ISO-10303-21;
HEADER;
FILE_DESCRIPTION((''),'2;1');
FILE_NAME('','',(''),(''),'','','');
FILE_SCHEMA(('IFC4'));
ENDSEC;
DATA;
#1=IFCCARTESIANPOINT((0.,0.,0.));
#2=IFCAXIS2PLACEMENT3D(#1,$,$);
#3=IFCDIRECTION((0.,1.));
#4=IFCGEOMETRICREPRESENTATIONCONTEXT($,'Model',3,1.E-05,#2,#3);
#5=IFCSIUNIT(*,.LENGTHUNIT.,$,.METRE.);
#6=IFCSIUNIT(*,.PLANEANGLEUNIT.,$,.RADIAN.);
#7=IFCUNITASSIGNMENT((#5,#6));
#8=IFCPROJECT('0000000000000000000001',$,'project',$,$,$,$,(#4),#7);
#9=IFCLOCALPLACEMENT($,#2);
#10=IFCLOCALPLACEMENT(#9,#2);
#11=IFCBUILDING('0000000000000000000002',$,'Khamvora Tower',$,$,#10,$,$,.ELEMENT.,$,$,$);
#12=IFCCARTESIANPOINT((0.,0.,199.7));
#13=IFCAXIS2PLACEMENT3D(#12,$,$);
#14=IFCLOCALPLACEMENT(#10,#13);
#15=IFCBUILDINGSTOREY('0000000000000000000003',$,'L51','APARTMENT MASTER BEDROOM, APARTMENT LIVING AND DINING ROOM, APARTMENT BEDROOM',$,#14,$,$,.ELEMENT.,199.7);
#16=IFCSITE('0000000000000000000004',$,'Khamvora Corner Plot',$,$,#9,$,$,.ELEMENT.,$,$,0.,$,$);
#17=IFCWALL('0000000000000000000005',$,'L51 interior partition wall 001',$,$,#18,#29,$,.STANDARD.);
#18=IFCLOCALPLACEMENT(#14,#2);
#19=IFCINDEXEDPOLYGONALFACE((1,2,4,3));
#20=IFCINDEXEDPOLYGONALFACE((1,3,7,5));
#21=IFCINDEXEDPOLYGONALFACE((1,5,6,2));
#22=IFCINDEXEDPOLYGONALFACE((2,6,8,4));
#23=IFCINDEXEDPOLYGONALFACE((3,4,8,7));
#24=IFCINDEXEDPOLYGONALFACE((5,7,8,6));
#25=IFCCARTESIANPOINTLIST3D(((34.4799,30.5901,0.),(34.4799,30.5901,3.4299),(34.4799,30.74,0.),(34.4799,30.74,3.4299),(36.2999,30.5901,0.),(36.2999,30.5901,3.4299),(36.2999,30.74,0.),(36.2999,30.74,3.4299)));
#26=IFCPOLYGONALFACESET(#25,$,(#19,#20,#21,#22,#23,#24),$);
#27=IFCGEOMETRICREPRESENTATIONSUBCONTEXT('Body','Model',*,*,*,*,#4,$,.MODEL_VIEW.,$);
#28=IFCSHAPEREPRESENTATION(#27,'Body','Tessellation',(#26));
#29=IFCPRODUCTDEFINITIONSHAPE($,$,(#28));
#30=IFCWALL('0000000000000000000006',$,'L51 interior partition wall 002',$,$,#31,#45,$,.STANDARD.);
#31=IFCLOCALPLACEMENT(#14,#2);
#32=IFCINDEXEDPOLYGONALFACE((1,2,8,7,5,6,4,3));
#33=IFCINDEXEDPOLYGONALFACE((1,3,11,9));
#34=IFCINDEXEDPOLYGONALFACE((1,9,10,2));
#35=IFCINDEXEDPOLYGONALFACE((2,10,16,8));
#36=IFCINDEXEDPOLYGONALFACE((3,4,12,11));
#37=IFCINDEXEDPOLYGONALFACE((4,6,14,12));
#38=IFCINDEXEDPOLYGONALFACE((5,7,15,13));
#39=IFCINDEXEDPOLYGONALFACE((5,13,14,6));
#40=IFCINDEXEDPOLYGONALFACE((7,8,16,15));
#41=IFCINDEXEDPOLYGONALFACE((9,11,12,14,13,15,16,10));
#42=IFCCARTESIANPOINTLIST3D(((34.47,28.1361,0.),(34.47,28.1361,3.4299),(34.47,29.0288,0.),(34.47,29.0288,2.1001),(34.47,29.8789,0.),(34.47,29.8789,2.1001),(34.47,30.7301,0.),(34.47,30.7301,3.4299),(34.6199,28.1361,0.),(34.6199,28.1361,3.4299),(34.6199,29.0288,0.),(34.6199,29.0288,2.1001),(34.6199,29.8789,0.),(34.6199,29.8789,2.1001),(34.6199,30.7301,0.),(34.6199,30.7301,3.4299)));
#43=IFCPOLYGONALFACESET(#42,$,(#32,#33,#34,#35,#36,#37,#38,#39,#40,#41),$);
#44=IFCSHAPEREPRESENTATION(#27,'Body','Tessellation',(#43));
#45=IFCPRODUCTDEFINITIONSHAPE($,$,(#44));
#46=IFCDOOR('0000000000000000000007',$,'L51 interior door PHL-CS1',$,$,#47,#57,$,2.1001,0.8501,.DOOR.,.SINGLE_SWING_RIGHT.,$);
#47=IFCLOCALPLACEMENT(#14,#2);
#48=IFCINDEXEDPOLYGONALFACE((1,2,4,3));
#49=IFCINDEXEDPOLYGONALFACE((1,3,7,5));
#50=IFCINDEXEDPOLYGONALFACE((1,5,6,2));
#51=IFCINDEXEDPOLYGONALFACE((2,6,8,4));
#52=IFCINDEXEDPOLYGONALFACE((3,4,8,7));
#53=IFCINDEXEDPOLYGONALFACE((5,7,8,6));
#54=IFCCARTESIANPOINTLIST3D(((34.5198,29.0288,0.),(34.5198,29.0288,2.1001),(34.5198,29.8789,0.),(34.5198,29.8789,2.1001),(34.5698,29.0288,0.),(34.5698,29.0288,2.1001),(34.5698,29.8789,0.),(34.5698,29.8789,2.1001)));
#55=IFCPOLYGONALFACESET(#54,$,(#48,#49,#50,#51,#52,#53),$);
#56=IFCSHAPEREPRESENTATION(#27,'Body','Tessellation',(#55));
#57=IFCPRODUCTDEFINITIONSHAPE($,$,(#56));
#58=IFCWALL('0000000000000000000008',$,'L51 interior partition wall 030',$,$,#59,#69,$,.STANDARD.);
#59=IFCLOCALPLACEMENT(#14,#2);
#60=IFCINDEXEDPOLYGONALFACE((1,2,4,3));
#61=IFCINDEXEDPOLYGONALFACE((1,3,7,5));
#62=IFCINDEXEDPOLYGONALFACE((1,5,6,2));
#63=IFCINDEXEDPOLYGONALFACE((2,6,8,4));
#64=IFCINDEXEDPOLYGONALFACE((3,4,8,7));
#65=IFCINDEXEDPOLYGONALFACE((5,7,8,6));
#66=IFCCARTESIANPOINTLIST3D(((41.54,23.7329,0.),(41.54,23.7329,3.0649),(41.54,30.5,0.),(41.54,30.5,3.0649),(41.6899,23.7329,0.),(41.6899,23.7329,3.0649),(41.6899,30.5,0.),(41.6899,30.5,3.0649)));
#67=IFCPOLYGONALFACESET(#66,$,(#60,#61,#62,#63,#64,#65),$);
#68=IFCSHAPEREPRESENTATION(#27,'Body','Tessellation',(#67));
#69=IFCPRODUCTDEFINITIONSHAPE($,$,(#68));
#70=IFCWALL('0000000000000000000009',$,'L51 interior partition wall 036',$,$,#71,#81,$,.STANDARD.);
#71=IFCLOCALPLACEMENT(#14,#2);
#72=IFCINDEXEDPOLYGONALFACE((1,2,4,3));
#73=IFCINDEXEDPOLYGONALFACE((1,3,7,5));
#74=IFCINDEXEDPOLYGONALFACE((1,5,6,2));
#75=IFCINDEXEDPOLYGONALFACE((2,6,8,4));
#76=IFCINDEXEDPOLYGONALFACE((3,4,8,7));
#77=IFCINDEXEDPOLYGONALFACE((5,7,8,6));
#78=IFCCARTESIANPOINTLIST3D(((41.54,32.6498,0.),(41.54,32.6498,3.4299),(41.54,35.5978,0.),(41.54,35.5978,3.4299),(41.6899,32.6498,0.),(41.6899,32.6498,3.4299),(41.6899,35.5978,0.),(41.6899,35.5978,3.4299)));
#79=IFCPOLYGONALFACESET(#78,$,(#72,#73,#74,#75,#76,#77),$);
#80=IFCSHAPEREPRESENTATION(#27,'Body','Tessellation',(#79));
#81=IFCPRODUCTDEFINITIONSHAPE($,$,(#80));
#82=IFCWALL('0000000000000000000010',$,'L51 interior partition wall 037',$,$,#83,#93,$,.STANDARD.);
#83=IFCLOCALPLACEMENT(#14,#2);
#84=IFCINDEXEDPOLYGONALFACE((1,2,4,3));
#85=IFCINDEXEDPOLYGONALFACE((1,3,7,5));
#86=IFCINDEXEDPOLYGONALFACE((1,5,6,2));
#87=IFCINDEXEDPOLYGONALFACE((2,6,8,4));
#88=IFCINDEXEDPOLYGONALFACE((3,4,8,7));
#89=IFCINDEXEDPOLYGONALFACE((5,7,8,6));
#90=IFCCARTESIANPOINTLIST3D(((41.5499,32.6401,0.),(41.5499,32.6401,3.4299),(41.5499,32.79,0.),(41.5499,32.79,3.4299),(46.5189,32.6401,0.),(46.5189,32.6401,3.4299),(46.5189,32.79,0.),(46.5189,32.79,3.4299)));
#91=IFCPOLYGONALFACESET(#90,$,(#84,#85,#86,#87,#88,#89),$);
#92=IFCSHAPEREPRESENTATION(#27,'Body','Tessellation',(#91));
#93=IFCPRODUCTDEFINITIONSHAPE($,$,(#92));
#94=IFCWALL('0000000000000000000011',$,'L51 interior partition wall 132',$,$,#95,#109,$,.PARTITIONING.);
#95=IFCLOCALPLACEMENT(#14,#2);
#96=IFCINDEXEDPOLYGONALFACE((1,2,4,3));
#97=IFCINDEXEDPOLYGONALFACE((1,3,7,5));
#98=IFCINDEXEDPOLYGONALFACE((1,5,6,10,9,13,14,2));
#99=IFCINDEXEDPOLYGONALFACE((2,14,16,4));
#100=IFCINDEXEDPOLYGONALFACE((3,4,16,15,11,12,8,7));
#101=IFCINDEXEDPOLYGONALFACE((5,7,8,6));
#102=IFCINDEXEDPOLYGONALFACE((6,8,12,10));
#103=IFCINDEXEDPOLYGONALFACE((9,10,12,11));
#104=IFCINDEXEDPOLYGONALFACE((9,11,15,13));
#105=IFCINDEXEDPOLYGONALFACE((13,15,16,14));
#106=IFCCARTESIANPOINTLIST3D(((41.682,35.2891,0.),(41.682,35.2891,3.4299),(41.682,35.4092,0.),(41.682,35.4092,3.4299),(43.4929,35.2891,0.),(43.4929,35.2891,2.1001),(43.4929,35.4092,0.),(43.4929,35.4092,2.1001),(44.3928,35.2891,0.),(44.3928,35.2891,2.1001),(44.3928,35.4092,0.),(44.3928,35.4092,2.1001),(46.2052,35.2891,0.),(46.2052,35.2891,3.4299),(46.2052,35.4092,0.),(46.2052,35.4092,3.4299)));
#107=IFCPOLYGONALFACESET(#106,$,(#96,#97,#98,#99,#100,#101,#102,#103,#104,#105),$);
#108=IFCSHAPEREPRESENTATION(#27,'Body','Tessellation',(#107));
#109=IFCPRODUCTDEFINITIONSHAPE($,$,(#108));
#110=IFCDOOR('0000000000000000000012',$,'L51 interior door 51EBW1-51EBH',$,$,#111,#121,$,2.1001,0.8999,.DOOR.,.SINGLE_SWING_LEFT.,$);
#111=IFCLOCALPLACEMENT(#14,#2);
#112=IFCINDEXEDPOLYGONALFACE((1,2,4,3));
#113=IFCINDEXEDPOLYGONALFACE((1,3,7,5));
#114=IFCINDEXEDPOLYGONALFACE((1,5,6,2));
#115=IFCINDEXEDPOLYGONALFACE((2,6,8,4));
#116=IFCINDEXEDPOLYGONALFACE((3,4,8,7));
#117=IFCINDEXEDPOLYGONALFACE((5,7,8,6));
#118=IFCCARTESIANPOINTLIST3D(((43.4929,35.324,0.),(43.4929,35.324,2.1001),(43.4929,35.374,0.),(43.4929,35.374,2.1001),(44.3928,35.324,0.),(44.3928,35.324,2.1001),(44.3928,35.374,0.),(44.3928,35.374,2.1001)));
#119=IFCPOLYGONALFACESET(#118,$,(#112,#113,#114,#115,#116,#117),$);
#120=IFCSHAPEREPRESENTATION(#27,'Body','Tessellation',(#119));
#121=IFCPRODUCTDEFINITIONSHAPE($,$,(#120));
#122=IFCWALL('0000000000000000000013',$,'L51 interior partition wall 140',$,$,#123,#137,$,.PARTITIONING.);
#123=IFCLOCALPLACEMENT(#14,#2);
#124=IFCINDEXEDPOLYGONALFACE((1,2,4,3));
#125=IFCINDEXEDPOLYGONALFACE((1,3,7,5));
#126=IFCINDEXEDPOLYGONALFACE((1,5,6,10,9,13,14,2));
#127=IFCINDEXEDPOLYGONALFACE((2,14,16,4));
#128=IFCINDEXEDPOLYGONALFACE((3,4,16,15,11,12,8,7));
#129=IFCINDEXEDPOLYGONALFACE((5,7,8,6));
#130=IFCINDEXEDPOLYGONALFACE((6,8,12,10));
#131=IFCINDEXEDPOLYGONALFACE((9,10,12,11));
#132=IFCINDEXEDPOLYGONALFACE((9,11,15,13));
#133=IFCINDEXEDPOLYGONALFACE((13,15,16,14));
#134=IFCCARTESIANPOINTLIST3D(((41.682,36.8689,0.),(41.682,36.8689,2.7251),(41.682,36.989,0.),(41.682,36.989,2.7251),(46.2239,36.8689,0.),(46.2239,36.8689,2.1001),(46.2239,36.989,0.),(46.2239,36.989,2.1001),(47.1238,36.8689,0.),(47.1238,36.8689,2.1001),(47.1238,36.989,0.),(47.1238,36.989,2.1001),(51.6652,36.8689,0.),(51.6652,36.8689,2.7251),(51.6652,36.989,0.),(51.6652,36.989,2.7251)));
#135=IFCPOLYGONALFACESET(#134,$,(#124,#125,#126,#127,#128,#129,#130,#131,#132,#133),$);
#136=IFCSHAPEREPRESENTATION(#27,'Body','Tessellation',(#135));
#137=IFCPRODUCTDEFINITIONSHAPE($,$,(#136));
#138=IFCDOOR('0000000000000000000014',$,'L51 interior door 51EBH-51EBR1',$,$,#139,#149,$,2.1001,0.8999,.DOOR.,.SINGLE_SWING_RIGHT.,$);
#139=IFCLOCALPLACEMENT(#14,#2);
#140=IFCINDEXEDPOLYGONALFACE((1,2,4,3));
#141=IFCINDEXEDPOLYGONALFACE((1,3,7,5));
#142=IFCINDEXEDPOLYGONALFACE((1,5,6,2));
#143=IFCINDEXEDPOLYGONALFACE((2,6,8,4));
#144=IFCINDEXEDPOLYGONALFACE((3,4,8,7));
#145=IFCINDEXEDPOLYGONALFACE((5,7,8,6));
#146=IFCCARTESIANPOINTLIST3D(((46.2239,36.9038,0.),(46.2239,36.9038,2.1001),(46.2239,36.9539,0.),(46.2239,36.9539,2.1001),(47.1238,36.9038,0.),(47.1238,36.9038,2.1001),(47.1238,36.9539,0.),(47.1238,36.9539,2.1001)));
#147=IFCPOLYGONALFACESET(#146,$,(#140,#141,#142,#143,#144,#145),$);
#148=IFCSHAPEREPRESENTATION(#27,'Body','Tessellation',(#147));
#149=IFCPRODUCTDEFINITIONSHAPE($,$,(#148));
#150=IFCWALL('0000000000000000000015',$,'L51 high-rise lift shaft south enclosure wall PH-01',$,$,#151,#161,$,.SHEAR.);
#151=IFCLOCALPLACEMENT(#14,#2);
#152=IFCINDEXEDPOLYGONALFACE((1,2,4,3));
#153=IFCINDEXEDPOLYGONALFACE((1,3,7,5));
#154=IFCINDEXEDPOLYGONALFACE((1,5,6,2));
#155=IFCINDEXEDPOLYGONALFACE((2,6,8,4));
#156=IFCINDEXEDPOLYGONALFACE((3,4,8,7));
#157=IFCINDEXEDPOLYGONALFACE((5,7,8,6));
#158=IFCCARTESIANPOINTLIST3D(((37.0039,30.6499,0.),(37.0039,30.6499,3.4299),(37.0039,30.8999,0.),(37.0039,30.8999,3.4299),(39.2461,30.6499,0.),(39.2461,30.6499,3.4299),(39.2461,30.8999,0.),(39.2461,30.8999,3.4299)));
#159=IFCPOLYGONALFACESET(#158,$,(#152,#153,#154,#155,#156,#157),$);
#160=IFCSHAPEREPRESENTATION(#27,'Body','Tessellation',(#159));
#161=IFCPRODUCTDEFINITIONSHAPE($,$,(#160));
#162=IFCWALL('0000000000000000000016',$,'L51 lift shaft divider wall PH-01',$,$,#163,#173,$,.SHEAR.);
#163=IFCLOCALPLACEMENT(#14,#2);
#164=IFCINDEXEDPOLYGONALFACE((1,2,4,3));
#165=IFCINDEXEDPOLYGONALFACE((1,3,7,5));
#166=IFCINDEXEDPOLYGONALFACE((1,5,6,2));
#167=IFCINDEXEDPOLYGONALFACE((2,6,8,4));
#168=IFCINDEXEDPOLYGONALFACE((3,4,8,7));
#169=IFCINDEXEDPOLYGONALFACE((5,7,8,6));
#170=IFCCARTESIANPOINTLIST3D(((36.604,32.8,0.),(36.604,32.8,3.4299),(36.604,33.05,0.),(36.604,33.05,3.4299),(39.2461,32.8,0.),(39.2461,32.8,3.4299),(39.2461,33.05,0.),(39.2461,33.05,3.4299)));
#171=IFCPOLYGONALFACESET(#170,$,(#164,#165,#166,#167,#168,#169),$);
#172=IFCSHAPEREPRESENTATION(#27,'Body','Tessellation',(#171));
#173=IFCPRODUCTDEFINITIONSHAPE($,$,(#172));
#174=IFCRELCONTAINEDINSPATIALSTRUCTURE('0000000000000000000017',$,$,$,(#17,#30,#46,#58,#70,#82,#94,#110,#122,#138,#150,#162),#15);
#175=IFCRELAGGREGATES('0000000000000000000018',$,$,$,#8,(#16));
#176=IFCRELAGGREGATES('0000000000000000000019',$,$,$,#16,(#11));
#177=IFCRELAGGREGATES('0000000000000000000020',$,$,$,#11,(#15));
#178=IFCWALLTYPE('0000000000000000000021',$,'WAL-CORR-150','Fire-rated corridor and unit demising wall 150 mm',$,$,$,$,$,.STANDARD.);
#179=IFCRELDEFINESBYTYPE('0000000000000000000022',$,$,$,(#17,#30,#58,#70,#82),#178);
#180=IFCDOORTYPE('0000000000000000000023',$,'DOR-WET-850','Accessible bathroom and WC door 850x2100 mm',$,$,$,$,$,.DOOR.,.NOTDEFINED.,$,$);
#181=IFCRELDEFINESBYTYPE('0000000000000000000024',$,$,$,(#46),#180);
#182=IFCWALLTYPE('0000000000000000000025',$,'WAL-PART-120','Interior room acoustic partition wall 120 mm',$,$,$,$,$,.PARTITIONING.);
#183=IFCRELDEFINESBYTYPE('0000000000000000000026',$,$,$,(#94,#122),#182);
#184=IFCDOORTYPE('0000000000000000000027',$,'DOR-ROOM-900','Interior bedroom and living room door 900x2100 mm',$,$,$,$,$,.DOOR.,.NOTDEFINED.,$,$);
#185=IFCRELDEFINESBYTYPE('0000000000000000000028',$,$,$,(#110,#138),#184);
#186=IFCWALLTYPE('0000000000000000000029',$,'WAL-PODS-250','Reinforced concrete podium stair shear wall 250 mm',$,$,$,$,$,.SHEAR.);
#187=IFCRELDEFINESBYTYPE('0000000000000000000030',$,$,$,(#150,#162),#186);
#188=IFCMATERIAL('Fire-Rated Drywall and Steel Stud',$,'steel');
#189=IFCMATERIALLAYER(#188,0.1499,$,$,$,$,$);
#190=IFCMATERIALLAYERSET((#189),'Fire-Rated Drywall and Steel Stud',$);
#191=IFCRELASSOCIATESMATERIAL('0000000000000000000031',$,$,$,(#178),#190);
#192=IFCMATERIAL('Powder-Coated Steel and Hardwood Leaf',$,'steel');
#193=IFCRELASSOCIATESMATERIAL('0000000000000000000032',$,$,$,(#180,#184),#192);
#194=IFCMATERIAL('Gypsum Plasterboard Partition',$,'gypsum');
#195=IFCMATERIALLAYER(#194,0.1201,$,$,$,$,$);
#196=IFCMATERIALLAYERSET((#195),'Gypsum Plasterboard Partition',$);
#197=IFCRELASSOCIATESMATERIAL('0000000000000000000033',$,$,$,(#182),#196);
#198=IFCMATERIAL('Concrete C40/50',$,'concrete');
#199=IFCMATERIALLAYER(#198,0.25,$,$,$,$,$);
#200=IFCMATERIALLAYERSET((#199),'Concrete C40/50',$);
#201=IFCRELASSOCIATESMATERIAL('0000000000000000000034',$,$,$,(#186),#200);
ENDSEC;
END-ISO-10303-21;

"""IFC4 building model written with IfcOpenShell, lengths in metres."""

from ifc_helpers import new_model, si_unit, direction, frame, frame_2d, origin, place, context, subcontext, project, spatial, rectangle, extrude, material, layer, layer_set, type_object, element, fill, save


model = new_model("IFC4")

# Units and contexts
model_context = context("Model", 3, precision=1e-05, world=origin(), true_north=direction((0.0, 1.0)))
body_context = subcontext(model_context, "Body", "Model", "MODEL_VIEW")
ifc_project = project(units=[si_unit("LENGTHUNIT", "METRE"), si_unit("PLANEANGLEUNIT", "RADIAN")], contexts=[model_context])

# Site, building, storey
site_placement = place(None, origin())
site = spatial("IfcSite", under=ifc_project, at=site_placement, Name="Khamvora Corner Plot", CompositionType="ELEMENT", RefElevation=0.0)
building_placement = place(site_placement, origin())
building = spatial("IfcBuilding", under=site, at=building_placement, Name="Khamvora Tower", CompositionType="ELEMENT")
storey_placement = place(building_placement, frame((0.0, 0.0, 199.7)))
storey = spatial("IfcBuildingStorey", under=building, at=storey_placement, Name="L51", Description="APARTMENT MASTER BEDROOM, APARTMENT LIVING AND DINING ROOM, APARTMENT BEDROOM", CompositionType="ELEMENT", Elevation=199.7)

# Shared definitions
ifc_material_1 = material(Name="Powder-Coated Steel and Hardwood Leaf", Category="steel")

# Wall
ifc_material_2 = material(Name="Fire-Rated Drywall and Steel Stud", Category="steel")
ifc_layer_1 = layer(ifc_material_2, 0.1499)
ifc_layer_set_1 = layer_set([ifc_layer_1], Name="Fire-Rated Drywall and Steel Stud")
wall_type_1 = type_object("IfcWallType", Name="WAL-CORR-150", Description="Fire-rated corridor and unit demising wall 150 mm", PredefinedType="STANDARD", material=ifc_layer_set_1)
wall_1_placement = place(storey_placement, frame((36.3, 30.665, 0.0), z_axis=(0.0, 0.0, 1.0), x_axis=(-1.0, 0.0, 0.0)))
element("IfcWall", 1, at=wall_1_placement, inside=storey, type_object=wall_type_1, Name="L51 interior partition wall 001", PredefinedType="STANDARD", context=body_context, shape_type="SweptSolid", body=[
    extrude(rectangle(XDim=1.8201, YDim=0.1499, at=frame_2d((0.9102, 0.0))), origin(), (0.0, 0.0, 1.0), 3.4299),
])

# Wall, opening, door
wall_2_placement = place(storey_placement, frame((34.5449, 30.73, 0.0), z_axis=(0.0, 0.0, 1.0), x_axis=(0.0, -1.0, 0.0)))
wall_2 = element("IfcWall", 2, at=wall_2_placement, inside=storey, type_object=wall_type_1, Name="L51 interior partition wall 002", PredefinedType="STANDARD", context=body_context, shape_type="SweptSolid", body=[
    extrude(rectangle(XDim=2.594, YDim=0.1499, at=frame_2d((1.2969, 0.0))), origin(), (0.0, 0.0, 1.0), 3.4299),
])
opening_1_placement = place(wall_2_placement, frame((0.8511, 0.0, 0.0)))
opening_1 = element("IfcOpeningElement", 3, at=opening_1_placement, cuts=wall_2, PredefinedType="OPENING", context=body_context, shape_type="SweptSolid", body=[
    extrude(rectangle(XDim=0.8501, YDim=2.1001, at=frame_2d((0.425, 1.05))), frame((0.0, 0.085, 0.0), z_axis=(0.0, -1.0, 0.0), x_axis=(1.0, 0.0, 0.0)), (0.0, 0.0, 1.0), 0.1699),
])
door_type_1 = type_object("IfcDoorType", Name="DOR-WET-850", Description="Accessible bathroom and WC door 850x2100 mm", OperationType="NOTDEFINED", PredefinedType="DOOR", material=ifc_material_1)
door_1_placement = place(opening_1_placement, origin())
door_1 = element("IfcDoor", 4, at=door_1_placement, inside=storey, type_object=door_type_1, Name="L51 interior door PHL-CS1", OperationType="SINGLE_SWING_RIGHT", OverallHeight=2.1001, OverallWidth=0.8501, PredefinedType="DOOR", context=body_context, shape_type="SweptSolid", body=[
    extrude(rectangle(XDim=0.8501, YDim=2.1001, at=frame_2d((0.425, 1.05))), frame((0.0, 0.0249, 0.0), z_axis=(0.0, -1.0, 0.0), x_axis=(1.0, 0.0, 0.0)), (0.0, 0.0, 1.0), 0.05),
])
fill(opening_1, door_1)

# Walls
wall_3_placement = place(storey_placement, frame((41.615, 30.5, 0.0), z_axis=(0.0, 0.0, 1.0), x_axis=(0.0, -1.0, 0.0)))
element("IfcWall", 5, at=wall_3_placement, inside=storey, type_object=wall_type_1, Name="L51 interior partition wall 030", PredefinedType="STANDARD", context=body_context, shape_type="SweptSolid", body=[
    extrude(rectangle(XDim=6.7671, YDim=0.1499, at=frame_2d((3.3835, 0.0))), origin(), (0.0, 0.0, 1.0), 3.0649),
])
wall_4_placement = place(storey_placement, frame((41.615, 35.5979, 0.0), z_axis=(0.0, 0.0, 1.0), x_axis=(0.0, -1.0, 0.0)))
element("IfcWall", 6, at=wall_4_placement, inside=storey, type_object=wall_type_1, Name="L51 interior partition wall 036", PredefinedType="STANDARD", context=body_context, shape_type="SweptSolid", body=[
    extrude(rectangle(XDim=2.948, YDim=0.1499, at=frame_2d((1.4741, 0.0))), origin(), (0.0, 0.0, 1.0), 3.4299),
])
wall_5_placement = place(storey_placement, frame((41.55, 32.7151, 0.0), z_axis=(0.0, 0.0, 1.0), x_axis=(1.0, 0.0, 0.0)))
element("IfcWall", 7, at=wall_5_placement, inside=storey, type_object=wall_type_1, Name="L51 interior partition wall 037", PredefinedType="STANDARD", context=body_context, shape_type="SweptSolid", body=[
    extrude(rectangle(XDim=4.969, YDim=0.1499, at=frame_2d((2.4844, 0.0))), origin(), (0.0, 0.0, 1.0), 3.4299),
])

# Walls, openings, doors
ifc_material_3 = material(Name="Gypsum Plasterboard Partition", Category="gypsum")
ifc_layer_2 = layer(ifc_material_3, 0.1201)
ifc_layer_set_2 = layer_set([ifc_layer_2], Name="Gypsum Plasterboard Partition")
wall_type_2 = type_object("IfcWallType", Name="WAL-PART-120", Description="Interior room acoustic partition wall 120 mm", PredefinedType="PARTITIONING", material=ifc_layer_set_2)
wall_6_placement = place(storey_placement, frame((41.6819, 35.3491, 0.0), z_axis=(0.0, 0.0, 1.0), x_axis=(1.0, 0.0, 0.0)))
wall_6 = element("IfcWall", 8, at=wall_6_placement, inside=storey, type_object=wall_type_2, Name="L51 interior partition wall 132", PredefinedType="PARTITIONING", context=body_context, shape_type="SweptSolid", body=[
    extrude(rectangle(XDim=4.5232, YDim=0.1201, at=frame_2d((2.2617, 0.0))), origin(), (0.0, 0.0, 1.0), 3.4299),
])
opening_2_placement = place(wall_6_placement, frame((1.811, 0.0, 0.0)))
opening_2 = element("IfcOpeningElement", 9, at=opening_2_placement, cuts=wall_6, PredefinedType="OPENING", context=body_context, shape_type="SweptSolid", body=[
    extrude(rectangle(XDim=0.8999, YDim=2.1001, at=frame_2d((0.45, 1.05))), frame((0.0, 0.0701, 0.0), z_axis=(0.0, -1.0, 0.0), x_axis=(1.0, 0.0, 0.0)), (0.0, 0.0, 1.0), 0.1401),
])
door_type_2 = type_object("IfcDoorType", Name="DOR-ROOM-900", Description="Interior bedroom and living room door 900x2100 mm", OperationType="NOTDEFINED", PredefinedType="DOOR", material=ifc_material_1)
door_2_placement = place(opening_2_placement, origin())
door_2 = element("IfcDoor", 10, at=door_2_placement, inside=storey, type_object=door_type_2, Name="L51 interior door 51EBW1-51EBH", OperationType="SINGLE_SWING_LEFT", OverallHeight=2.1001, OverallWidth=0.8999, PredefinedType="DOOR", context=body_context, shape_type="SweptSolid", body=[
    extrude(rectangle(XDim=0.8999, YDim=2.1001, at=frame_2d((0.45, 1.05))), frame((0.0, 0.0249, 0.0), z_axis=(0.0, -1.0, 0.0), x_axis=(1.0, 0.0, 0.0)), (0.0, 0.0, 1.0), 0.05),
])
fill(opening_2, door_2)
wall_7_placement = place(storey_placement, frame((41.6819, 36.929, 0.0), z_axis=(0.0, 0.0, 1.0), x_axis=(1.0, 0.0, 0.0)))
wall_7 = element("IfcWall", 11, at=wall_7_placement, inside=storey, type_object=wall_type_2, Name="L51 interior partition wall 140", PredefinedType="PARTITIONING", context=body_context, shape_type="SweptSolid", body=[
    extrude(rectangle(XDim=9.9832, YDim=0.1201, at=frame_2d((4.9917, 0.0))), origin(), (0.0, 0.0, 1.0), 2.7251),
])
opening_3_placement = place(wall_7_placement, frame((4.542, 0.0, 0.0)))
opening_3 = element("IfcOpeningElement", 12, at=opening_3_placement, cuts=wall_7, PredefinedType="OPENING", context=body_context, shape_type="SweptSolid", body=[
    extrude(rectangle(XDim=0.8999, YDim=2.1001, at=frame_2d((0.45, 1.05))), frame((0.0, 0.0701, 0.0), z_axis=(0.0, -1.0, 0.0), x_axis=(1.0, 0.0, 0.0)), (0.0, 0.0, 1.0), 0.1401),
])
door_3_placement = place(opening_3_placement, origin())
door_3 = element("IfcDoor", 13, at=door_3_placement, inside=storey, type_object=door_type_2, Name="L51 interior door 51EBH-51EBR1", OperationType="SINGLE_SWING_RIGHT", OverallHeight=2.1001, OverallWidth=0.8999, PredefinedType="DOOR", context=body_context, shape_type="SweptSolid", body=[
    extrude(rectangle(XDim=0.8999, YDim=2.1001, at=frame_2d((0.45, 1.05))), frame((0.0, 0.0249, 0.0), z_axis=(0.0, -1.0, 0.0), x_axis=(1.0, 0.0, 0.0)), (0.0, 0.0, 1.0), 0.05),
])
fill(opening_3, door_3)

# Walls
ifc_material_4 = material(Name="Concrete C40/50", Category="concrete")
ifc_layer_3 = layer(ifc_material_4, 0.25)
ifc_layer_set_3 = layer_set([ifc_layer_3], Name="Concrete C40/50")
wall_type_3 = type_object("IfcWallType", Name="WAL-PODS-250", Description="Reinforced concrete podium stair shear wall 250 mm", PredefinedType="SHEAR", material=ifc_layer_set_3)
wall_8_placement = place(storey_placement, frame((37.0039, 30.7749, 0.0), z_axis=(0.0, 0.0, 1.0), x_axis=(1.0, 0.0, 0.0)))
element("IfcWall", 14, at=wall_8_placement, inside=storey, type_object=wall_type_3, Name="L51 high-rise lift shaft south enclosure wall PH-01", PredefinedType="SHEAR", context=body_context, shape_type="SweptSolid", body=[
    extrude(rectangle(XDim=2.2422, YDim=0.25, at=frame_2d((1.1211, 0.0))), origin(), (0.0, 0.0, 1.0), 3.4299),
])
for number, where, z_axis, x_axis, name in (
    (15, (36.604, 32.925, 0.0), (0.0, 0.0, 1.0), (1.0, 0.0, 0.0), "L51 lift shaft divider wall PH-01"),
):
    element("IfcWall", number, at=place(storey_placement, frame(where, z_axis=z_axis, x_axis=x_axis)), inside=storey, type_object=wall_type_3, Name=name, PredefinedType="SHEAR", context=body_context, shape_type="SweptSolid", body=[
        extrude(rectangle(XDim=2.6421, YDim=0.25, at=frame_2d((1.321, 0.0))), origin(), (0.0, 0.0, 1.0), 3.4299),
    ])

save(model, "model.ifc")
